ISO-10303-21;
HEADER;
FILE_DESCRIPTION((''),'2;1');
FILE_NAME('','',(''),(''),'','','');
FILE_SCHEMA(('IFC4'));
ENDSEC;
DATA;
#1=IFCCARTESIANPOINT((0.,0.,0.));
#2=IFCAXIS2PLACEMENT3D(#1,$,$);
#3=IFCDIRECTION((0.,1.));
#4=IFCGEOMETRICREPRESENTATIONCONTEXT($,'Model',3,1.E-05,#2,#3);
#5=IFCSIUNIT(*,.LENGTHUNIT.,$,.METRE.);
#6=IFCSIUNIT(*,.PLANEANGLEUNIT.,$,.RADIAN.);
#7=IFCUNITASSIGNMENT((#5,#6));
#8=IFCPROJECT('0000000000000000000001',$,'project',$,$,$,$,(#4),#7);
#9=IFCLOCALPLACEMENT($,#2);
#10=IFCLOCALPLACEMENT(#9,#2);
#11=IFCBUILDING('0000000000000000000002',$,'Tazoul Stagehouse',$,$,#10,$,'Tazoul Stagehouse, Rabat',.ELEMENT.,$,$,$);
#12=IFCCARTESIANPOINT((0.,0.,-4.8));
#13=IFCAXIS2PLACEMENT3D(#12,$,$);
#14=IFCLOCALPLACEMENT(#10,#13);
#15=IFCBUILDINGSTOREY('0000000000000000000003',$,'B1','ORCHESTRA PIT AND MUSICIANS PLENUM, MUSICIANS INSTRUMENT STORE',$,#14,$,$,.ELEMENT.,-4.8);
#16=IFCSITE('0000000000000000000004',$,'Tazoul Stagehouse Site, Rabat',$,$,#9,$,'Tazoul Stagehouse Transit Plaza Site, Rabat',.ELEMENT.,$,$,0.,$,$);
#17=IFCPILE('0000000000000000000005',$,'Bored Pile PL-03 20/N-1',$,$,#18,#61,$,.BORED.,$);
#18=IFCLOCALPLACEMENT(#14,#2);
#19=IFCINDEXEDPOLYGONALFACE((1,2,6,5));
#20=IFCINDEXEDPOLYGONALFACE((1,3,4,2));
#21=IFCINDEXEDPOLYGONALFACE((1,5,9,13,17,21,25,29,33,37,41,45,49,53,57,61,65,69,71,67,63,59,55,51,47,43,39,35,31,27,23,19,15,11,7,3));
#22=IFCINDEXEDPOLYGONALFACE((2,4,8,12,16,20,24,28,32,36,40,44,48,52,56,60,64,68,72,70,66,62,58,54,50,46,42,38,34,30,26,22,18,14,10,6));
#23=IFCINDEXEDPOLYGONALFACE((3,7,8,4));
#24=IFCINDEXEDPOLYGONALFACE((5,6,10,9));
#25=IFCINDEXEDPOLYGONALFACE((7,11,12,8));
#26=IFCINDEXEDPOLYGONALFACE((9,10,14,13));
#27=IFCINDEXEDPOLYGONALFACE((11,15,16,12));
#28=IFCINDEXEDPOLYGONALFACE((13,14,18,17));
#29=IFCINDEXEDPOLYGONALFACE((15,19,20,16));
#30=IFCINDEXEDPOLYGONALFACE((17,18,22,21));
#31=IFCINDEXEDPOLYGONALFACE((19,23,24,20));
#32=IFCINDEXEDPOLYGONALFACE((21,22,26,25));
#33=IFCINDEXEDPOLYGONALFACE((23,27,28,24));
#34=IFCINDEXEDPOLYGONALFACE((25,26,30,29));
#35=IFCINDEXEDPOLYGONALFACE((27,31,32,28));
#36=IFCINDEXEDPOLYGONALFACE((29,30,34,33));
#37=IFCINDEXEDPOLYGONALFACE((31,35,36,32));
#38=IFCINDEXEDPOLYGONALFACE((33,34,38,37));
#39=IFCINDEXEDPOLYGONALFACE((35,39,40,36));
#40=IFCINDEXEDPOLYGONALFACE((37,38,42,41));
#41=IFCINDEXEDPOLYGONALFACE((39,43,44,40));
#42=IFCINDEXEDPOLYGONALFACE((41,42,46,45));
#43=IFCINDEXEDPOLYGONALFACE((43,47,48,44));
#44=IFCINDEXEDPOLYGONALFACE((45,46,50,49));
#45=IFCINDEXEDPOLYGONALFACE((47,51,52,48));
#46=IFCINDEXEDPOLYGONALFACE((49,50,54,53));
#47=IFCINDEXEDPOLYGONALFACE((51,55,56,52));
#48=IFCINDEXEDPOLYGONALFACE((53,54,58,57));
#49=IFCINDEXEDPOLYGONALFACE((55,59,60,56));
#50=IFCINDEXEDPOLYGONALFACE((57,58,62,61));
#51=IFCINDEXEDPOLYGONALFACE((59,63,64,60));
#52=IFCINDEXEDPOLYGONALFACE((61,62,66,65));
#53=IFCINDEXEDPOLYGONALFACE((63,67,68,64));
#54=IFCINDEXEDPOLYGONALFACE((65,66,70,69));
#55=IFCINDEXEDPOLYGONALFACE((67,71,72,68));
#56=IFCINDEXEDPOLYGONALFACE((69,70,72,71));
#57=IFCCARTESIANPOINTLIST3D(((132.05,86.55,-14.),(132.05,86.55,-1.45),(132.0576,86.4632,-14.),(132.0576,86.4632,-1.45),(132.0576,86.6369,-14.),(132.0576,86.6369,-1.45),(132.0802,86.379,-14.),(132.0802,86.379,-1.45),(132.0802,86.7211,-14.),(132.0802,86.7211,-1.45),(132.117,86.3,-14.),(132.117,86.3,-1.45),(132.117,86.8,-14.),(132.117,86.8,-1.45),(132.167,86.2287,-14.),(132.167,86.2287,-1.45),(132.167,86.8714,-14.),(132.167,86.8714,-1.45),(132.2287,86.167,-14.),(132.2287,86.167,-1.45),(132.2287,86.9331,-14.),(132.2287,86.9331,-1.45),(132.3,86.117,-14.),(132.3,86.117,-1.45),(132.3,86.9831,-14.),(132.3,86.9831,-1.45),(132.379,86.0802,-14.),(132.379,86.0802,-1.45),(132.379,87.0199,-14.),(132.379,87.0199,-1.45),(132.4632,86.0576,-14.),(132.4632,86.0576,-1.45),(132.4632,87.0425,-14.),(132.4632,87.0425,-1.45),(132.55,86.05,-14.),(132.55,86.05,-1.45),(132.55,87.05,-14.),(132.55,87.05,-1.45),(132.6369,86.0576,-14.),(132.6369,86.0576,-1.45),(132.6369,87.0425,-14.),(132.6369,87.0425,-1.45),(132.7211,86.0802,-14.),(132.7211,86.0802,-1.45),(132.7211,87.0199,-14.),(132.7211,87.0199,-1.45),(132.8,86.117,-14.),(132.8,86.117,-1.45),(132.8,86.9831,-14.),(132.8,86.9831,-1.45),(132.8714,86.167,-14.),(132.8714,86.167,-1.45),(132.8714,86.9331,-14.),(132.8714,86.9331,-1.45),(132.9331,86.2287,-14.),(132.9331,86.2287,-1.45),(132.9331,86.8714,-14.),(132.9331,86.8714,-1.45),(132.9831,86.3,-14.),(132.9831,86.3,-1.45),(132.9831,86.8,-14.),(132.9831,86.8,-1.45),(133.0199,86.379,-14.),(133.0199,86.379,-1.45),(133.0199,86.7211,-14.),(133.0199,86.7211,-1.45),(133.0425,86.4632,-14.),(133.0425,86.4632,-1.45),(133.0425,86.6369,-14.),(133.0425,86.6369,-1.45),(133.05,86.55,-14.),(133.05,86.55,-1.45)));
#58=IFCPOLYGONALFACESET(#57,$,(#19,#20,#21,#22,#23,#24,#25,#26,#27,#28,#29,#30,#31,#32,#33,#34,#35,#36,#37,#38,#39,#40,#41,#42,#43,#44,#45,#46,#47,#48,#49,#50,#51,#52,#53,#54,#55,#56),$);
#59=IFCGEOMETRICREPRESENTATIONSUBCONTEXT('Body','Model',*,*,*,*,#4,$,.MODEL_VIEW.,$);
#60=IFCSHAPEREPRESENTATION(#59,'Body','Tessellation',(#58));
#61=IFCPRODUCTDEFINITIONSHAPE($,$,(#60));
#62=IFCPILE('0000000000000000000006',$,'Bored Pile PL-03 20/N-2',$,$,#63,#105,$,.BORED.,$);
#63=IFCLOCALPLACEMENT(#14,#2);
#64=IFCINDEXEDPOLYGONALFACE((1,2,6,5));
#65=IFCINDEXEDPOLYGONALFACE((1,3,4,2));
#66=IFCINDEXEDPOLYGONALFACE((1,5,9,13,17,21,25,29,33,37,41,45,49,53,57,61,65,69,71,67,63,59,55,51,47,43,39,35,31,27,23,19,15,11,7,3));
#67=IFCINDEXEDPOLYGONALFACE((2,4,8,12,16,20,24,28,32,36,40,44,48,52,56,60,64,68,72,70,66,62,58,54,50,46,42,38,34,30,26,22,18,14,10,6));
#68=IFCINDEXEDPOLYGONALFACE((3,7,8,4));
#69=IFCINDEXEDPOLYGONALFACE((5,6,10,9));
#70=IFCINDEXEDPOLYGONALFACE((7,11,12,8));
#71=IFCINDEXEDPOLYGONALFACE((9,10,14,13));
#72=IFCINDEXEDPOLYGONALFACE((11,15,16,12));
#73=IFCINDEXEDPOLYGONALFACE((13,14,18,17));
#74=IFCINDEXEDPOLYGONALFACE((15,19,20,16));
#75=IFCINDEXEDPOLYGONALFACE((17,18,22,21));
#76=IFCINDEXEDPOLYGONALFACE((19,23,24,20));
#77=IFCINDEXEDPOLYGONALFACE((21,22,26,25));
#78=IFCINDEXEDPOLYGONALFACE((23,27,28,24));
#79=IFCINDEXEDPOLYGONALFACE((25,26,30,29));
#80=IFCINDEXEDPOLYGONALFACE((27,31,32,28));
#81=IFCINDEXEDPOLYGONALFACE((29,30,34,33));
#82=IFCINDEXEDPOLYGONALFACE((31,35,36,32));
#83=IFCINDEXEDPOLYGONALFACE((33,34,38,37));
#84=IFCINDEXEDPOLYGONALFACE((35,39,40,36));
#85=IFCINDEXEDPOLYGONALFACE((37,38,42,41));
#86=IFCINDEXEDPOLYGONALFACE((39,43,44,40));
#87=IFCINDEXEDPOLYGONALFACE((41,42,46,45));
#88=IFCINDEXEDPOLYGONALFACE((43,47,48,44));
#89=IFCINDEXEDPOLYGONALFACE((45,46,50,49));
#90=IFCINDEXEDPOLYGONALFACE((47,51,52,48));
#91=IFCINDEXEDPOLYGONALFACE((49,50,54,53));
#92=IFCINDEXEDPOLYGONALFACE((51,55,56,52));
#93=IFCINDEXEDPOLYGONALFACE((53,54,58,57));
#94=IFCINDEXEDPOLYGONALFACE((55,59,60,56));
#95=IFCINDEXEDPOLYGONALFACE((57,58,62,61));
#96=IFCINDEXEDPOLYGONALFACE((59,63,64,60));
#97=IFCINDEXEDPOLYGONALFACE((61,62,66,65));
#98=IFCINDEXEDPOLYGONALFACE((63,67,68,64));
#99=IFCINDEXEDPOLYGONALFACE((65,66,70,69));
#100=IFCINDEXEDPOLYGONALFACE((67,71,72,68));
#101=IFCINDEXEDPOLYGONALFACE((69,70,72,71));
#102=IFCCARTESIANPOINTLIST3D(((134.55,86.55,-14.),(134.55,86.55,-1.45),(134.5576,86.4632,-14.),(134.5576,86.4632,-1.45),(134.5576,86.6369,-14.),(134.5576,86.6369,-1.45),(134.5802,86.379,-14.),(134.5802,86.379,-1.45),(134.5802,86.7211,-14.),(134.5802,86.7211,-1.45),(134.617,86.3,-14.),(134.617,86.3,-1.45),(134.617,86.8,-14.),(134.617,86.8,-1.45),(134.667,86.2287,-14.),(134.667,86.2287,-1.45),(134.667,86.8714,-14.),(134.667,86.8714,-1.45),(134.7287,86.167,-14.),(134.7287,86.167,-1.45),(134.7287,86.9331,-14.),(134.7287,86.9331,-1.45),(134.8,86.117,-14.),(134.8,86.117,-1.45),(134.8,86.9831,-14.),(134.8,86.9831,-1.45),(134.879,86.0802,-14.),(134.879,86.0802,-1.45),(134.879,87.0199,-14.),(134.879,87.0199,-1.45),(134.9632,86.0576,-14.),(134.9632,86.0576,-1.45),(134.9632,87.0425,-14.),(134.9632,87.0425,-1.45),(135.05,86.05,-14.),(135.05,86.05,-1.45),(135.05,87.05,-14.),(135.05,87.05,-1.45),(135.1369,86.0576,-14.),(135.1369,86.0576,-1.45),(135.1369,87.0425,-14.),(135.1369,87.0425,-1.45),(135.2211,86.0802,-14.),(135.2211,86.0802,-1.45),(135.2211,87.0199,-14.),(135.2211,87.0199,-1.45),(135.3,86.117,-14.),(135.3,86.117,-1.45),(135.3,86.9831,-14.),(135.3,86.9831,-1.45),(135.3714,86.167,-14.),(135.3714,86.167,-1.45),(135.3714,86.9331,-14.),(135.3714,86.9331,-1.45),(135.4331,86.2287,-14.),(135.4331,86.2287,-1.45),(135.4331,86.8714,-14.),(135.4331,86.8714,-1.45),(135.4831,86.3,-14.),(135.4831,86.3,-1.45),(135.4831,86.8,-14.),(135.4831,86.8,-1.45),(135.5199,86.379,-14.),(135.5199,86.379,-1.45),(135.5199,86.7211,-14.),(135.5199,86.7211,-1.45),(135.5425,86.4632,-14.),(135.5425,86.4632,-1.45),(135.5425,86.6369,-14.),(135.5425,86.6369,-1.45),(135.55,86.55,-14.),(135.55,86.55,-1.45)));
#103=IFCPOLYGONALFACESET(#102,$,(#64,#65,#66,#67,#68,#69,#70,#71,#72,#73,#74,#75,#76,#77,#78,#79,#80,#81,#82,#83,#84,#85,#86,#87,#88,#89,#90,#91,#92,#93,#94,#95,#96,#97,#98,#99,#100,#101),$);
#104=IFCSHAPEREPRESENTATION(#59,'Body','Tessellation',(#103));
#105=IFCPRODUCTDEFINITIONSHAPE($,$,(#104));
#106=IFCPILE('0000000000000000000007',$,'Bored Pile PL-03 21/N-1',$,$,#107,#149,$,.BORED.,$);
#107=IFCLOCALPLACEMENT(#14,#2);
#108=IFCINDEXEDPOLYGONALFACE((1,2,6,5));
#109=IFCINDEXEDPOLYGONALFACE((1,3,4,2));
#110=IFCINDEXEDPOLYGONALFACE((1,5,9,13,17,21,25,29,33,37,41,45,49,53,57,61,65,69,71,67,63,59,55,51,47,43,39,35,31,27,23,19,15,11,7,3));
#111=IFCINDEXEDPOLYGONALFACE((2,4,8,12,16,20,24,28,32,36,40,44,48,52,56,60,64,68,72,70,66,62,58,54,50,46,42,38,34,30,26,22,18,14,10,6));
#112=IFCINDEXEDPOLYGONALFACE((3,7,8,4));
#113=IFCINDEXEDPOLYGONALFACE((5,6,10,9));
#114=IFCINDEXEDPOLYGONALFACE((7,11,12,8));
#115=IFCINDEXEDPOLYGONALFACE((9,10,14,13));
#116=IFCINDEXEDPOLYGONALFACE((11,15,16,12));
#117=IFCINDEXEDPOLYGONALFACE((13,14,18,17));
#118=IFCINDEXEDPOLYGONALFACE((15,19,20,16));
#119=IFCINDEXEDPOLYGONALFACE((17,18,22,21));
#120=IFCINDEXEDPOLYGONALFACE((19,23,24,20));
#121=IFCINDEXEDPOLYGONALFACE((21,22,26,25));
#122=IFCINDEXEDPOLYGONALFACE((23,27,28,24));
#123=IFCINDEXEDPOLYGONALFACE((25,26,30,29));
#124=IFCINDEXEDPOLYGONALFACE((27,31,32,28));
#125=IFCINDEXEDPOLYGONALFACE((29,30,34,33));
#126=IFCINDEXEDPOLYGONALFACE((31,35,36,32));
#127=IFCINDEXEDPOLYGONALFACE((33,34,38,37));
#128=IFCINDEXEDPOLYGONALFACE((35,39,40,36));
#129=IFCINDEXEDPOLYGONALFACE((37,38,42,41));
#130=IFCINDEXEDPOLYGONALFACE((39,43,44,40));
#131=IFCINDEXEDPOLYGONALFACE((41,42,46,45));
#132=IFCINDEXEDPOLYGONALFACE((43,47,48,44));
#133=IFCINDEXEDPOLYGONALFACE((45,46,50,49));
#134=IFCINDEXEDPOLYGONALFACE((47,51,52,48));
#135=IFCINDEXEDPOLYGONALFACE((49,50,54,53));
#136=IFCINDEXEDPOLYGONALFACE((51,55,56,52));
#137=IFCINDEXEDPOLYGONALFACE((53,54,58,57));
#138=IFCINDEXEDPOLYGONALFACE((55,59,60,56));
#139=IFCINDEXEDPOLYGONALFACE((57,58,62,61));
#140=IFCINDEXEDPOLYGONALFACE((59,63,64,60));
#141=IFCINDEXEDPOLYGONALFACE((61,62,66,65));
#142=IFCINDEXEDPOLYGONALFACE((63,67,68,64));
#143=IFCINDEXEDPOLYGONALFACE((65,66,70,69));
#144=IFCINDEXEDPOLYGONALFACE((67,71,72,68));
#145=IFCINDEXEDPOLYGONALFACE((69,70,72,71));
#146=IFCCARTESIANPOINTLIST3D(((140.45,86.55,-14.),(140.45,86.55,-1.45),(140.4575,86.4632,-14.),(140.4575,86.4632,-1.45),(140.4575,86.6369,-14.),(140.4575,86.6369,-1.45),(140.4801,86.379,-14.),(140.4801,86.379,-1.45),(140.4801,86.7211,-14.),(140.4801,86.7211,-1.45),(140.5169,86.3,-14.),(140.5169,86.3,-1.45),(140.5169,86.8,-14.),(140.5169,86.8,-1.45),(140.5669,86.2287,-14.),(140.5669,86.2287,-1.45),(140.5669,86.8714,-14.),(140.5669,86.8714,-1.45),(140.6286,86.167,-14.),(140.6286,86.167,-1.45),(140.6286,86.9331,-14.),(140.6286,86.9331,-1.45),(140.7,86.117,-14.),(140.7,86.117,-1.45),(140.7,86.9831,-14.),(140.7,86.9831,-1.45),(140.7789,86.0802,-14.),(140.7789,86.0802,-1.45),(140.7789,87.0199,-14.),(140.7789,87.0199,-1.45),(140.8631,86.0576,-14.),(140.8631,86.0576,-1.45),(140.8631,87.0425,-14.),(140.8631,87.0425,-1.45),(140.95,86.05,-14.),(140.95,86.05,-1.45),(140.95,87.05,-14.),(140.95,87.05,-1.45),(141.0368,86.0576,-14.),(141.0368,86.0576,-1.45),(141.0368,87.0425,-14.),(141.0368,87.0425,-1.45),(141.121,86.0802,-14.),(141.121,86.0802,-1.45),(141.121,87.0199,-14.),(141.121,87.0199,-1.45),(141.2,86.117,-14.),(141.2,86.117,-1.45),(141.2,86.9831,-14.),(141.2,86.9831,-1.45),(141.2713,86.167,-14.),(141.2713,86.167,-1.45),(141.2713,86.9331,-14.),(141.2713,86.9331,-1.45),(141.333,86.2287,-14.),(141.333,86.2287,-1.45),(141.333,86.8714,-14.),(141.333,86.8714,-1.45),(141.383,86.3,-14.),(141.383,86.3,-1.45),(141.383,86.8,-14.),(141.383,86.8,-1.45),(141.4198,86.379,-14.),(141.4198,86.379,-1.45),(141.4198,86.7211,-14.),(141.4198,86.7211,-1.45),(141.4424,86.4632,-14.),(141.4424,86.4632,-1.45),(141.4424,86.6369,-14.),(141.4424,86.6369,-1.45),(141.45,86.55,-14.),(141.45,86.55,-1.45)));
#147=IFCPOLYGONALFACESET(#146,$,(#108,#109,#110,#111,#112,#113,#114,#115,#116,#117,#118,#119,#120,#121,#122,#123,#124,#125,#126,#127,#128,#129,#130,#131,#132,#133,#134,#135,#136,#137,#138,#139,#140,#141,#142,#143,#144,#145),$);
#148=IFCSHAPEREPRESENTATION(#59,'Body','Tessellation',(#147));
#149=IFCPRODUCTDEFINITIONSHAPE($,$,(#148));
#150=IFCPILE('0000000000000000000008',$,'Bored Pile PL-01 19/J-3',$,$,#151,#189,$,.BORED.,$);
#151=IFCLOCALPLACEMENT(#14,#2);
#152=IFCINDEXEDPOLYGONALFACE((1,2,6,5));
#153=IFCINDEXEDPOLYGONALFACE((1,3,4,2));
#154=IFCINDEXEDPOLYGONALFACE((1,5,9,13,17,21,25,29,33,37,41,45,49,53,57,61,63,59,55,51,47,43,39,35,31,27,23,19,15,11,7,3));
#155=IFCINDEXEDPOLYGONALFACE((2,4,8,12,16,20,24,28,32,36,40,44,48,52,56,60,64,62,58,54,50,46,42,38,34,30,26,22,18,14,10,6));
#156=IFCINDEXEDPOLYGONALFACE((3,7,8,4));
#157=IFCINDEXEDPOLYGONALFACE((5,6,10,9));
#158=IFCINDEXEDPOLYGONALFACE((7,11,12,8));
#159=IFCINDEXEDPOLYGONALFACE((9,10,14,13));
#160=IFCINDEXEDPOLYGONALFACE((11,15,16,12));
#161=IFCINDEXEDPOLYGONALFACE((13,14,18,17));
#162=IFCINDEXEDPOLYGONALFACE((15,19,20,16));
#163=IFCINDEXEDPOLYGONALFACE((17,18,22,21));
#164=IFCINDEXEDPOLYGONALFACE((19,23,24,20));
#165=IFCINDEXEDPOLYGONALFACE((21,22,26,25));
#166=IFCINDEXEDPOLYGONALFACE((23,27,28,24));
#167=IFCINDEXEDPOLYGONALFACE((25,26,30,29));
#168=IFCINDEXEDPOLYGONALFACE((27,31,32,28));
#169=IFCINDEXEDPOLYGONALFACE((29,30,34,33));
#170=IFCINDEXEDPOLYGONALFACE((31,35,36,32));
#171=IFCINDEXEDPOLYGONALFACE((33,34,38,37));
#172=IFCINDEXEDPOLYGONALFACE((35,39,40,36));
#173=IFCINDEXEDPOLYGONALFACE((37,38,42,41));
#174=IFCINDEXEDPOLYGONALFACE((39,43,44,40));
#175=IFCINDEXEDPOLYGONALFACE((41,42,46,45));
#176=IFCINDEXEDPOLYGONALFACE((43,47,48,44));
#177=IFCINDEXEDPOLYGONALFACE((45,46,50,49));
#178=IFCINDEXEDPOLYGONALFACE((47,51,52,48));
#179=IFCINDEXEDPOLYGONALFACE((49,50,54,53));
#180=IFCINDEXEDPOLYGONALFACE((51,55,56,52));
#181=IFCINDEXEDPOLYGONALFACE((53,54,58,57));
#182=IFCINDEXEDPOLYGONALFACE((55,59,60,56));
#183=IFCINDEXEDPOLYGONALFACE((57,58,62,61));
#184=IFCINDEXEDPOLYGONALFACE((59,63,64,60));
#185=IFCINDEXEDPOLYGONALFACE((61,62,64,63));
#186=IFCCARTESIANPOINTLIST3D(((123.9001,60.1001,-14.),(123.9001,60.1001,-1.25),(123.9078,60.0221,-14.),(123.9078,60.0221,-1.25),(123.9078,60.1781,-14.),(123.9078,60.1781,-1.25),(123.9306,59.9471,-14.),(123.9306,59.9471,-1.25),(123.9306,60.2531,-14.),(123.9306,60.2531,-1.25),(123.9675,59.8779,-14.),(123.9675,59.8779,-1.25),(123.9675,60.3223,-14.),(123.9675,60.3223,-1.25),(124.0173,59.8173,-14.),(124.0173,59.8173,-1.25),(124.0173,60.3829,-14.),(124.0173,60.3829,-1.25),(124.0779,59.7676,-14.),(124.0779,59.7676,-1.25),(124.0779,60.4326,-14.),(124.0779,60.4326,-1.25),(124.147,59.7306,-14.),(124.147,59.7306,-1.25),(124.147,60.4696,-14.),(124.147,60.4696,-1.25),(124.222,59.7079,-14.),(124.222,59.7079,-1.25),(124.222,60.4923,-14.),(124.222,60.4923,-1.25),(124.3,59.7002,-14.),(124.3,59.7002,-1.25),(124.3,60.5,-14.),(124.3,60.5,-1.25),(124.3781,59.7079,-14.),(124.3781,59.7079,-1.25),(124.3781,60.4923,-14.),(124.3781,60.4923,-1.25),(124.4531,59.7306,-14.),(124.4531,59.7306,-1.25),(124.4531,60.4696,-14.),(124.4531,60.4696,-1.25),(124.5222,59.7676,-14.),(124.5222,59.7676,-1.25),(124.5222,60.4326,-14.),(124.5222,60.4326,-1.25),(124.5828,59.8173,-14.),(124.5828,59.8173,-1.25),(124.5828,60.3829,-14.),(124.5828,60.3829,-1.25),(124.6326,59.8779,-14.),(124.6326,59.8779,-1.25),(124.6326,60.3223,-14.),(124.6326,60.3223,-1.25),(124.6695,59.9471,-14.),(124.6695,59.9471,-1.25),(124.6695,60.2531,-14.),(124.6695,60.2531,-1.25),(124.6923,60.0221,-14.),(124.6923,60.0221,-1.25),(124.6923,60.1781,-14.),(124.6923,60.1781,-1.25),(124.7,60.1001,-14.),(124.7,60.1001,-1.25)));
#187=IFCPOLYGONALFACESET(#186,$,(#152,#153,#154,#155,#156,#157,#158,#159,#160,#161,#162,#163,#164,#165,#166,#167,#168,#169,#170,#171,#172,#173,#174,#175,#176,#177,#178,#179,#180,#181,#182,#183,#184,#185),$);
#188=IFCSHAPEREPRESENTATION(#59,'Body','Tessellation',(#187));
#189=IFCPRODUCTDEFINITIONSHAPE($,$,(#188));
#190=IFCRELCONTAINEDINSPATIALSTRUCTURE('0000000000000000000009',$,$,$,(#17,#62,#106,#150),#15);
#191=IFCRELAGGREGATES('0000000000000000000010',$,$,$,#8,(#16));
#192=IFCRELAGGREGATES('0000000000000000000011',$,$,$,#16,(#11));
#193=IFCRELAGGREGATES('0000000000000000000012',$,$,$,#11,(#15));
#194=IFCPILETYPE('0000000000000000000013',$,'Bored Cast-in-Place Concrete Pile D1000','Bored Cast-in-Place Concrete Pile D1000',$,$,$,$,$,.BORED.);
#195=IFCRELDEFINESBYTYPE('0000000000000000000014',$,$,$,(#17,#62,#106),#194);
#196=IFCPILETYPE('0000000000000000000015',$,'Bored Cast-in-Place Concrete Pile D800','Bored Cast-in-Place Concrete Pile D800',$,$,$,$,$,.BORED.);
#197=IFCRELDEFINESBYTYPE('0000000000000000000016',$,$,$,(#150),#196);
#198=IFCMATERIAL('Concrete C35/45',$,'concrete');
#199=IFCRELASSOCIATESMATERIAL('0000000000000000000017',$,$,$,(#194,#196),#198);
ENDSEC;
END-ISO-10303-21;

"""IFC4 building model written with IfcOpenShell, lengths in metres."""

from ifc_helpers import new_model, si_unit, direction, frame, origin, origin_2d, place, context, subcontext, project, spatial, circle, extrude, material, material_profile, profile_set, type_object, element, save


model = new_model("IFC4")

# Units and contexts
model_context = context("Model", 3, precision=1e-05, world=origin(), true_north=direction((0.0, 1.0)))
body_context = subcontext(model_context, "Body", "Model", "MODEL_VIEW")
ifc_project = project(units=[si_unit("LENGTHUNIT", "METRE"), si_unit("PLANEANGLEUNIT", "RADIAN")], contexts=[model_context])

# Site, building, storey
site_placement = place(None, origin())
site = spatial("IfcSite", under=ifc_project, at=site_placement, Name="Tazoul Stagehouse Site, Rabat", LongName="Tazoul Stagehouse Transit Plaza Site, Rabat", CompositionType="ELEMENT", RefElevation=0.0)
building_placement = place(site_placement, origin())
building = spatial("IfcBuilding", under=site, at=building_placement, Name="Tazoul Stagehouse", LongName="Tazoul Stagehouse, Rabat", CompositionType="ELEMENT")
storey_placement = place(building_placement, frame((0.0, 0.0, -4.8)))
storey = spatial("IfcBuildingStorey", under=building, at=storey_placement, Name="B1", Description="ORCHESTRA PIT AND MUSICIANS PLENUM, MUSICIANS INSTRUMENT STORE", CompositionType="ELEMENT", Elevation=-4.8)

# Piles
ifc_material_1 = material(Name="Concrete C35/45", Category="concrete")
ifc_material_profile_1 = material_profile(ifc_material_1, circle(Radius=0.5, at=origin_2d()), Name="BORED PILE 1000")
ifc_profile_set_1 = profile_set([ifc_material_profile_1], Name="Concrete C35/45")
pile_type_1 = type_object("IfcPileType", Name="Bored Cast-in-Place Concrete Pile D1000", Description="Bored Cast-in-Place Concrete Pile D1000", PredefinedType="BORED", material=ifc_profile_set_1)
for number, where, z_axis, x_axis, name in (
    (1, (132.55, 86.55, -1.45), (0.0, 0.0, -1.0), (1.0, 0.0, 0.0), "Bored Pile PL-03 20/N-1"),
    (2, (135.05, 86.55, -1.45), (0.0, 0.0, -1.0), (1.0, 0.0, 0.0), "Bored Pile PL-03 20/N-2"),
    (3, (140.95, 86.55, -1.45), (0.0, 0.0, -1.0), (1.0, 0.0, 0.0), "Bored Pile PL-03 21/N-1"),
):
    element("IfcPile", number, at=place(storey_placement, frame(where, z_axis=z_axis, x_axis=x_axis)), inside=storey, type_object=pile_type_1, Name=name, PredefinedType="BORED", context=body_context, shape_type="SweptSolid", body=[
        extrude(circle(Radius=0.5, at=origin_2d()), origin(), (0.0, 0.0, 1.0), 12.55),
    ])
ifc_material_profile_2 = material_profile(ifc_material_1, circle(Radius=0.3999, at=origin_2d()), Name="BORED PILE 800")
ifc_profile_set_2 = profile_set([ifc_material_profile_2], Name="Concrete C35/45")
pile_type_2 = type_object("IfcPileType", Name="Bored Cast-in-Place Concrete Pile D800", Description="Bored Cast-in-Place Concrete Pile D800", PredefinedType="BORED", material=ifc_profile_set_2)
for number, where, z_axis, x_axis, name in (
    (4, (124.3, 60.1001, -1.25), (0.0, 0.0, -1.0), (1.0, 0.0, 0.0), "Bored Pile PL-01 19/J-3"),
):
    element("IfcPile", number, at=place(storey_placement, frame(where, z_axis=z_axis, x_axis=x_axis)), inside=storey, type_object=pile_type_2, Name=name, PredefinedType="BORED", context=body_context, shape_type="SweptSolid", body=[
        extrude(circle(Radius=0.3999, at=origin_2d()), origin(), (0.0, 0.0, 1.0), 12.75),
    ])

save(model, "model.ifc")
